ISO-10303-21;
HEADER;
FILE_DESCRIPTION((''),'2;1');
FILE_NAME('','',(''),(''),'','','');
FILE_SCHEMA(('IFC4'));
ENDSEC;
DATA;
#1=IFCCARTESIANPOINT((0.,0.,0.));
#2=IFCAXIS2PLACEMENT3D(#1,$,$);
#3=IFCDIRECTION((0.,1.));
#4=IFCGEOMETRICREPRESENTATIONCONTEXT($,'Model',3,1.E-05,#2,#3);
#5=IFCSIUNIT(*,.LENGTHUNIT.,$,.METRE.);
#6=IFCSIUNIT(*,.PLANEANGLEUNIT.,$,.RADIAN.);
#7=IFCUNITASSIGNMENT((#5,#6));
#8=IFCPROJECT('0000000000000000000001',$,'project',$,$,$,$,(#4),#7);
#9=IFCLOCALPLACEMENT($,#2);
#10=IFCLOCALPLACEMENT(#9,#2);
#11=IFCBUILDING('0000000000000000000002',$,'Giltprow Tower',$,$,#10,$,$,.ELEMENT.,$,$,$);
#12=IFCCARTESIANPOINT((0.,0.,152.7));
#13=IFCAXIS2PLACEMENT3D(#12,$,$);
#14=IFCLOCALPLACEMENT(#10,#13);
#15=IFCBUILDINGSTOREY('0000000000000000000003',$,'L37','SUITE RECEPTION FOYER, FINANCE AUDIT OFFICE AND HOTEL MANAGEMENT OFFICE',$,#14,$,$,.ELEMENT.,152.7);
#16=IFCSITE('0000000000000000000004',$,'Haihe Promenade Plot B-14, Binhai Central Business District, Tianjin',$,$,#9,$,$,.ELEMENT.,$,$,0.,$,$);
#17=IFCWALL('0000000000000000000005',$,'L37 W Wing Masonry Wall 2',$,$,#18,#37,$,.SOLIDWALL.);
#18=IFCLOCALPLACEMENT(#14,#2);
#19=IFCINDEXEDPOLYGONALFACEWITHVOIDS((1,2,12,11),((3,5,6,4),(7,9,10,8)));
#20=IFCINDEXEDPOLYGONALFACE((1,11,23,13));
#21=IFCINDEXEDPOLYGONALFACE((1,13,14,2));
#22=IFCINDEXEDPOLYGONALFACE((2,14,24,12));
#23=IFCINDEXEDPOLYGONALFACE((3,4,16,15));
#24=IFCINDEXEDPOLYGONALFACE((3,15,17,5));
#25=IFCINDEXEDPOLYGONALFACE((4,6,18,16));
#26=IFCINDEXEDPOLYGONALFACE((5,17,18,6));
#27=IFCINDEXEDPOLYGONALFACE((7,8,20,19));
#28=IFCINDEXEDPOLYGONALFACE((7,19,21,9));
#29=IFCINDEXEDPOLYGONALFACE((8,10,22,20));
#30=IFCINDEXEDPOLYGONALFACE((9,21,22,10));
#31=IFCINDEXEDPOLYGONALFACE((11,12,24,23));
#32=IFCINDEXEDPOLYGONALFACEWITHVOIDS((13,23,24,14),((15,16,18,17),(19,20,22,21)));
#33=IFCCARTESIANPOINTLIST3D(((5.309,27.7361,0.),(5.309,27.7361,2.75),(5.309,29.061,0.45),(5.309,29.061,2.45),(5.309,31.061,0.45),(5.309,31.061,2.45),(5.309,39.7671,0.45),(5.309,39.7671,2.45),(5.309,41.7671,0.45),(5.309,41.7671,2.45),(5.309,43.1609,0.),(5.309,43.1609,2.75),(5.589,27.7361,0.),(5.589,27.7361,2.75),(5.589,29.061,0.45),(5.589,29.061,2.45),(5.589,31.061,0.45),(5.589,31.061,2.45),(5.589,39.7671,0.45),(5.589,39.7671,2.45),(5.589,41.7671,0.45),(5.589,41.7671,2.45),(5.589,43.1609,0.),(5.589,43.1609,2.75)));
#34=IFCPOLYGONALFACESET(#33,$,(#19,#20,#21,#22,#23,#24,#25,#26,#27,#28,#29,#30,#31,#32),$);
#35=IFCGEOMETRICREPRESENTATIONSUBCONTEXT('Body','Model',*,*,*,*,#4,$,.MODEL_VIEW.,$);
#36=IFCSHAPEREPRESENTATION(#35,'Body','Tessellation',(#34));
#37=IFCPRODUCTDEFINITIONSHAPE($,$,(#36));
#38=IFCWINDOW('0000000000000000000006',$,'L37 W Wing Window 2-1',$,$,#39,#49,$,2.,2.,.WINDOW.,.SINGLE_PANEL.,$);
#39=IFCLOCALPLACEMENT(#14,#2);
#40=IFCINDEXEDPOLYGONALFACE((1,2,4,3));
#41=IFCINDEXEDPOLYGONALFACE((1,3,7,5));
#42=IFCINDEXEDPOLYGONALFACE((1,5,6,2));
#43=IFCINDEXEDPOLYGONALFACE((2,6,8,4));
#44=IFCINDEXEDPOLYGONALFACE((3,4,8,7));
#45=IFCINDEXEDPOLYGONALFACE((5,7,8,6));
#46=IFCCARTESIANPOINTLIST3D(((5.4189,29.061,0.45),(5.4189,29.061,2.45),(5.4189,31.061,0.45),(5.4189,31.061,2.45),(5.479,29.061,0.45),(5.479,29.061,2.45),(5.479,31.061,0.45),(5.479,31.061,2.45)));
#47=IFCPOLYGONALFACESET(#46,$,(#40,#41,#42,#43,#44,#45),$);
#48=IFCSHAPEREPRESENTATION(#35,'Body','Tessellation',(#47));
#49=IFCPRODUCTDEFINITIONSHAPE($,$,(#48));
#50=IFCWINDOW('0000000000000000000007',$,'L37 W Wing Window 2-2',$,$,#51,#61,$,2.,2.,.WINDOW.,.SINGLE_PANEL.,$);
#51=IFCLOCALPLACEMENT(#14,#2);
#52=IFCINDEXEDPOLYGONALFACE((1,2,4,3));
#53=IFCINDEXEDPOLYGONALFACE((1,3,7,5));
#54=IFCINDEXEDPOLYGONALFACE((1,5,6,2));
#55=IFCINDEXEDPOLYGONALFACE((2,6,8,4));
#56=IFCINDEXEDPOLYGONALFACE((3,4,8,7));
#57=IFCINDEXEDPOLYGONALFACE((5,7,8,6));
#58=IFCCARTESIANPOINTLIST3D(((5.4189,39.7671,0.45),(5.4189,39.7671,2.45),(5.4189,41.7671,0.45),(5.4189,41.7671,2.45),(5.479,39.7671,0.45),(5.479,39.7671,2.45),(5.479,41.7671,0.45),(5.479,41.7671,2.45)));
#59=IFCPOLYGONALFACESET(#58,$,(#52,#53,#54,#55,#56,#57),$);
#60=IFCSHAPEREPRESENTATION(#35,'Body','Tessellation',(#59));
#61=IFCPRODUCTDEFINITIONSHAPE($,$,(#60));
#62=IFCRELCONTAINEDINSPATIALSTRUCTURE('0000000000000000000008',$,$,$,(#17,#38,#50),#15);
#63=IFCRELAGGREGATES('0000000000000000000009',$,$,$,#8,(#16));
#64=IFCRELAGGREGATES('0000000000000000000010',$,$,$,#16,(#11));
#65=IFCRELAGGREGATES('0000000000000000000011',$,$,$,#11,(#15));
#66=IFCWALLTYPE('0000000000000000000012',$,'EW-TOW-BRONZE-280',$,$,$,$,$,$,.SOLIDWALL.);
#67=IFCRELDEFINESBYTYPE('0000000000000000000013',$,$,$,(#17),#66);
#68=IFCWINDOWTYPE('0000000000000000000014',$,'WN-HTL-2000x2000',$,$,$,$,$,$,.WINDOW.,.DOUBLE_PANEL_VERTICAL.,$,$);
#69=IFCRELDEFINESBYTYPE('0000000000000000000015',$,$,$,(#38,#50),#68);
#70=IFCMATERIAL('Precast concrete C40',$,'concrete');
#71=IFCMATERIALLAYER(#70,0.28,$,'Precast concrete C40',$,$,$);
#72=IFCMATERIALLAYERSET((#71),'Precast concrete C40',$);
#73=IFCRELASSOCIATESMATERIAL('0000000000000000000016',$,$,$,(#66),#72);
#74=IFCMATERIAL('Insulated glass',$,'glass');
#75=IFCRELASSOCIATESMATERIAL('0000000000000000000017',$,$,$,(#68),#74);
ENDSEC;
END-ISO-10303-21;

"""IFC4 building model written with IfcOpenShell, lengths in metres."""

from ifc_helpers import new_model, si_unit, direction, frame, frame_2d, origin, place, context, subcontext, project, spatial, rectangle, extrude, source, transform, mapped, material, layer, layer_set, type_object, element, fill, save


model = new_model("IFC4")

# Units and contexts
model_context = context("Model", 3, precision=1e-05, world=origin(), true_north=direction((0.0, 1.0)))
body_context = subcontext(model_context, "Body", "Model", "MODEL_VIEW")
ifc_project = project(units=[si_unit("LENGTHUNIT", "METRE"), si_unit("PLANEANGLEUNIT", "RADIAN")], contexts=[model_context])

# Site, building, storey
site_placement = place(None, origin())
site = spatial("IfcSite", under=ifc_project, at=site_placement, Name="Haihe Promenade Plot B-14, Binhai Central Business District, Tianjin", CompositionType="ELEMENT", RefElevation=0.0)
building_placement = place(site_placement, origin())
building = spatial("IfcBuilding", under=site, at=building_placement, Name="Giltprow Tower", CompositionType="ELEMENT")
storey_placement = place(building_placement, frame((0.0, 0.0, 152.7)))
storey = spatial("IfcBuildingStorey", under=building, at=storey_placement, Name="L37", Description="SUITE RECEPTION FOYER, FINANCE AUDIT OFFICE AND HOTEL MANAGEMENT OFFICE", CompositionType="ELEMENT", Elevation=152.7)

# Wall, openings, windows
ifc_material_1 = material(Name="Precast concrete C40", Category="concrete")
ifc_layer_1 = layer(ifc_material_1, 0.28, Name="Precast concrete C40")
ifc_layer_set_1 = layer_set([ifc_layer_1], Name="Precast concrete C40")
wall_type_1 = type_object("IfcWallType", Name="EW-TOW-BRONZE-280", PredefinedType="SOLIDWALL", material=ifc_layer_set_1)
wall_1_placement = place(storey_placement, frame((5.449, 27.7361, 0.0), z_axis=(0.0, 0.0, 1.0), x_axis=(0.0, 1.0, 0.0)))
wall_1 = element("IfcWall", 1, at=wall_1_placement, inside=storey, type_object=wall_type_1, Name="L37 W Wing Masonry Wall 2", PredefinedType="SOLIDWALL", context=body_context, shape_type="SweptSolid", body=[
    extrude(rectangle(XDim=15.4248, YDim=0.28, at=frame_2d((7.7124, 0.0))), origin(), (0.0, 0.0, 1.0), 2.75),
])
opening_1_placement = place(wall_1_placement, frame((1.325, 0.0, 0.45)))
opening_1 = element("IfcOpeningElement", 2, at=opening_1_placement, cuts=wall_1, PredefinedType="OPENING", context=body_context, shape_type="SweptSolid", body=[
    extrude(rectangle(XDim=2.0, YDim=2.0, at=frame_2d((1.0, 1.0))), frame((0.0, 0.1499, 0.0), z_axis=(0.0, -1.0, 0.0), x_axis=(1.0, 0.0, 0.0)), (0.0, 0.0, 1.0), 0.3),
])
opening_2_placement = place(wall_1_placement, frame((12.031, 0.0, 0.45)))
opening_2 = element("IfcOpeningElement", 3, at=opening_2_placement, cuts=wall_1, PredefinedType="OPENING", context=body_context, shape_type="SweptSolid", body=[
    extrude(rectangle(XDim=2.0, YDim=2.0, at=frame_2d((1.0, 1.0))), frame((0.0, 0.1499, 0.0), z_axis=(0.0, -1.0, 0.0), x_axis=(1.0, 0.0, 0.0)), (0.0, 0.0, 1.0), 0.3),
])
ifc_material_2 = material(Name="Insulated glass", Category="glass")
window_type = type_object("IfcWindowType", Name="WN-HTL-2000x2000", PartitioningType="DOUBLE_PANEL_VERTICAL", PredefinedType="WINDOW", material=ifc_material_2)
shared_shape_1 = source(origin(), body_context, "Body", "SweptSolid", [
    extrude(rectangle(XDim=2.0, YDim=2.0, at=frame_2d((1.0, 1.0))), frame((0.0, 0.03, 0.0), z_axis=(0.0, -1.0, 0.0), x_axis=(1.0, 0.0, 0.0)), (0.0, 0.0, 1.0), 0.0601),
])
window_1_placement = place(opening_1_placement, origin())
window_1 = element("IfcWindow", 4, at=window_1_placement, inside=storey, type_object=window_type, Name="L37 W Wing Window 2-1", OverallHeight=2.0, OverallWidth=2.0, PartitioningType="SINGLE_PANEL", PredefinedType="WINDOW", context=body_context, shape_type="MappedRepresentation", body=[
    mapped(shared_shape_1, transform((0.0, 0.0, 0.0), x_axis=(1.0, 0.0, 0.0), y_axis=(0.0, 1.0, 0.0), z_axis=(0.0, 0.0, 1.0), scale=1.0)),
])
fill(opening_1, window_1)
window_2_placement = place(opening_2_placement, origin())
window_2 = element("IfcWindow", 5, at=window_2_placement, inside=storey, type_object=window_type, Name="L37 W Wing Window 2-2", OverallHeight=2.0, OverallWidth=2.0, PartitioningType="SINGLE_PANEL", PredefinedType="WINDOW", context=body_context, shape_type="MappedRepresentation", body=[
    mapped(shared_shape_1, transform((0.0, 0.0, 0.0), x_axis=(1.0, 0.0, 0.0), y_axis=(0.0, 1.0, 0.0), z_axis=(0.0, 0.0, 1.0), scale=1.0)),
])
fill(opening_2, window_2)

save(model, "model.ifc")
